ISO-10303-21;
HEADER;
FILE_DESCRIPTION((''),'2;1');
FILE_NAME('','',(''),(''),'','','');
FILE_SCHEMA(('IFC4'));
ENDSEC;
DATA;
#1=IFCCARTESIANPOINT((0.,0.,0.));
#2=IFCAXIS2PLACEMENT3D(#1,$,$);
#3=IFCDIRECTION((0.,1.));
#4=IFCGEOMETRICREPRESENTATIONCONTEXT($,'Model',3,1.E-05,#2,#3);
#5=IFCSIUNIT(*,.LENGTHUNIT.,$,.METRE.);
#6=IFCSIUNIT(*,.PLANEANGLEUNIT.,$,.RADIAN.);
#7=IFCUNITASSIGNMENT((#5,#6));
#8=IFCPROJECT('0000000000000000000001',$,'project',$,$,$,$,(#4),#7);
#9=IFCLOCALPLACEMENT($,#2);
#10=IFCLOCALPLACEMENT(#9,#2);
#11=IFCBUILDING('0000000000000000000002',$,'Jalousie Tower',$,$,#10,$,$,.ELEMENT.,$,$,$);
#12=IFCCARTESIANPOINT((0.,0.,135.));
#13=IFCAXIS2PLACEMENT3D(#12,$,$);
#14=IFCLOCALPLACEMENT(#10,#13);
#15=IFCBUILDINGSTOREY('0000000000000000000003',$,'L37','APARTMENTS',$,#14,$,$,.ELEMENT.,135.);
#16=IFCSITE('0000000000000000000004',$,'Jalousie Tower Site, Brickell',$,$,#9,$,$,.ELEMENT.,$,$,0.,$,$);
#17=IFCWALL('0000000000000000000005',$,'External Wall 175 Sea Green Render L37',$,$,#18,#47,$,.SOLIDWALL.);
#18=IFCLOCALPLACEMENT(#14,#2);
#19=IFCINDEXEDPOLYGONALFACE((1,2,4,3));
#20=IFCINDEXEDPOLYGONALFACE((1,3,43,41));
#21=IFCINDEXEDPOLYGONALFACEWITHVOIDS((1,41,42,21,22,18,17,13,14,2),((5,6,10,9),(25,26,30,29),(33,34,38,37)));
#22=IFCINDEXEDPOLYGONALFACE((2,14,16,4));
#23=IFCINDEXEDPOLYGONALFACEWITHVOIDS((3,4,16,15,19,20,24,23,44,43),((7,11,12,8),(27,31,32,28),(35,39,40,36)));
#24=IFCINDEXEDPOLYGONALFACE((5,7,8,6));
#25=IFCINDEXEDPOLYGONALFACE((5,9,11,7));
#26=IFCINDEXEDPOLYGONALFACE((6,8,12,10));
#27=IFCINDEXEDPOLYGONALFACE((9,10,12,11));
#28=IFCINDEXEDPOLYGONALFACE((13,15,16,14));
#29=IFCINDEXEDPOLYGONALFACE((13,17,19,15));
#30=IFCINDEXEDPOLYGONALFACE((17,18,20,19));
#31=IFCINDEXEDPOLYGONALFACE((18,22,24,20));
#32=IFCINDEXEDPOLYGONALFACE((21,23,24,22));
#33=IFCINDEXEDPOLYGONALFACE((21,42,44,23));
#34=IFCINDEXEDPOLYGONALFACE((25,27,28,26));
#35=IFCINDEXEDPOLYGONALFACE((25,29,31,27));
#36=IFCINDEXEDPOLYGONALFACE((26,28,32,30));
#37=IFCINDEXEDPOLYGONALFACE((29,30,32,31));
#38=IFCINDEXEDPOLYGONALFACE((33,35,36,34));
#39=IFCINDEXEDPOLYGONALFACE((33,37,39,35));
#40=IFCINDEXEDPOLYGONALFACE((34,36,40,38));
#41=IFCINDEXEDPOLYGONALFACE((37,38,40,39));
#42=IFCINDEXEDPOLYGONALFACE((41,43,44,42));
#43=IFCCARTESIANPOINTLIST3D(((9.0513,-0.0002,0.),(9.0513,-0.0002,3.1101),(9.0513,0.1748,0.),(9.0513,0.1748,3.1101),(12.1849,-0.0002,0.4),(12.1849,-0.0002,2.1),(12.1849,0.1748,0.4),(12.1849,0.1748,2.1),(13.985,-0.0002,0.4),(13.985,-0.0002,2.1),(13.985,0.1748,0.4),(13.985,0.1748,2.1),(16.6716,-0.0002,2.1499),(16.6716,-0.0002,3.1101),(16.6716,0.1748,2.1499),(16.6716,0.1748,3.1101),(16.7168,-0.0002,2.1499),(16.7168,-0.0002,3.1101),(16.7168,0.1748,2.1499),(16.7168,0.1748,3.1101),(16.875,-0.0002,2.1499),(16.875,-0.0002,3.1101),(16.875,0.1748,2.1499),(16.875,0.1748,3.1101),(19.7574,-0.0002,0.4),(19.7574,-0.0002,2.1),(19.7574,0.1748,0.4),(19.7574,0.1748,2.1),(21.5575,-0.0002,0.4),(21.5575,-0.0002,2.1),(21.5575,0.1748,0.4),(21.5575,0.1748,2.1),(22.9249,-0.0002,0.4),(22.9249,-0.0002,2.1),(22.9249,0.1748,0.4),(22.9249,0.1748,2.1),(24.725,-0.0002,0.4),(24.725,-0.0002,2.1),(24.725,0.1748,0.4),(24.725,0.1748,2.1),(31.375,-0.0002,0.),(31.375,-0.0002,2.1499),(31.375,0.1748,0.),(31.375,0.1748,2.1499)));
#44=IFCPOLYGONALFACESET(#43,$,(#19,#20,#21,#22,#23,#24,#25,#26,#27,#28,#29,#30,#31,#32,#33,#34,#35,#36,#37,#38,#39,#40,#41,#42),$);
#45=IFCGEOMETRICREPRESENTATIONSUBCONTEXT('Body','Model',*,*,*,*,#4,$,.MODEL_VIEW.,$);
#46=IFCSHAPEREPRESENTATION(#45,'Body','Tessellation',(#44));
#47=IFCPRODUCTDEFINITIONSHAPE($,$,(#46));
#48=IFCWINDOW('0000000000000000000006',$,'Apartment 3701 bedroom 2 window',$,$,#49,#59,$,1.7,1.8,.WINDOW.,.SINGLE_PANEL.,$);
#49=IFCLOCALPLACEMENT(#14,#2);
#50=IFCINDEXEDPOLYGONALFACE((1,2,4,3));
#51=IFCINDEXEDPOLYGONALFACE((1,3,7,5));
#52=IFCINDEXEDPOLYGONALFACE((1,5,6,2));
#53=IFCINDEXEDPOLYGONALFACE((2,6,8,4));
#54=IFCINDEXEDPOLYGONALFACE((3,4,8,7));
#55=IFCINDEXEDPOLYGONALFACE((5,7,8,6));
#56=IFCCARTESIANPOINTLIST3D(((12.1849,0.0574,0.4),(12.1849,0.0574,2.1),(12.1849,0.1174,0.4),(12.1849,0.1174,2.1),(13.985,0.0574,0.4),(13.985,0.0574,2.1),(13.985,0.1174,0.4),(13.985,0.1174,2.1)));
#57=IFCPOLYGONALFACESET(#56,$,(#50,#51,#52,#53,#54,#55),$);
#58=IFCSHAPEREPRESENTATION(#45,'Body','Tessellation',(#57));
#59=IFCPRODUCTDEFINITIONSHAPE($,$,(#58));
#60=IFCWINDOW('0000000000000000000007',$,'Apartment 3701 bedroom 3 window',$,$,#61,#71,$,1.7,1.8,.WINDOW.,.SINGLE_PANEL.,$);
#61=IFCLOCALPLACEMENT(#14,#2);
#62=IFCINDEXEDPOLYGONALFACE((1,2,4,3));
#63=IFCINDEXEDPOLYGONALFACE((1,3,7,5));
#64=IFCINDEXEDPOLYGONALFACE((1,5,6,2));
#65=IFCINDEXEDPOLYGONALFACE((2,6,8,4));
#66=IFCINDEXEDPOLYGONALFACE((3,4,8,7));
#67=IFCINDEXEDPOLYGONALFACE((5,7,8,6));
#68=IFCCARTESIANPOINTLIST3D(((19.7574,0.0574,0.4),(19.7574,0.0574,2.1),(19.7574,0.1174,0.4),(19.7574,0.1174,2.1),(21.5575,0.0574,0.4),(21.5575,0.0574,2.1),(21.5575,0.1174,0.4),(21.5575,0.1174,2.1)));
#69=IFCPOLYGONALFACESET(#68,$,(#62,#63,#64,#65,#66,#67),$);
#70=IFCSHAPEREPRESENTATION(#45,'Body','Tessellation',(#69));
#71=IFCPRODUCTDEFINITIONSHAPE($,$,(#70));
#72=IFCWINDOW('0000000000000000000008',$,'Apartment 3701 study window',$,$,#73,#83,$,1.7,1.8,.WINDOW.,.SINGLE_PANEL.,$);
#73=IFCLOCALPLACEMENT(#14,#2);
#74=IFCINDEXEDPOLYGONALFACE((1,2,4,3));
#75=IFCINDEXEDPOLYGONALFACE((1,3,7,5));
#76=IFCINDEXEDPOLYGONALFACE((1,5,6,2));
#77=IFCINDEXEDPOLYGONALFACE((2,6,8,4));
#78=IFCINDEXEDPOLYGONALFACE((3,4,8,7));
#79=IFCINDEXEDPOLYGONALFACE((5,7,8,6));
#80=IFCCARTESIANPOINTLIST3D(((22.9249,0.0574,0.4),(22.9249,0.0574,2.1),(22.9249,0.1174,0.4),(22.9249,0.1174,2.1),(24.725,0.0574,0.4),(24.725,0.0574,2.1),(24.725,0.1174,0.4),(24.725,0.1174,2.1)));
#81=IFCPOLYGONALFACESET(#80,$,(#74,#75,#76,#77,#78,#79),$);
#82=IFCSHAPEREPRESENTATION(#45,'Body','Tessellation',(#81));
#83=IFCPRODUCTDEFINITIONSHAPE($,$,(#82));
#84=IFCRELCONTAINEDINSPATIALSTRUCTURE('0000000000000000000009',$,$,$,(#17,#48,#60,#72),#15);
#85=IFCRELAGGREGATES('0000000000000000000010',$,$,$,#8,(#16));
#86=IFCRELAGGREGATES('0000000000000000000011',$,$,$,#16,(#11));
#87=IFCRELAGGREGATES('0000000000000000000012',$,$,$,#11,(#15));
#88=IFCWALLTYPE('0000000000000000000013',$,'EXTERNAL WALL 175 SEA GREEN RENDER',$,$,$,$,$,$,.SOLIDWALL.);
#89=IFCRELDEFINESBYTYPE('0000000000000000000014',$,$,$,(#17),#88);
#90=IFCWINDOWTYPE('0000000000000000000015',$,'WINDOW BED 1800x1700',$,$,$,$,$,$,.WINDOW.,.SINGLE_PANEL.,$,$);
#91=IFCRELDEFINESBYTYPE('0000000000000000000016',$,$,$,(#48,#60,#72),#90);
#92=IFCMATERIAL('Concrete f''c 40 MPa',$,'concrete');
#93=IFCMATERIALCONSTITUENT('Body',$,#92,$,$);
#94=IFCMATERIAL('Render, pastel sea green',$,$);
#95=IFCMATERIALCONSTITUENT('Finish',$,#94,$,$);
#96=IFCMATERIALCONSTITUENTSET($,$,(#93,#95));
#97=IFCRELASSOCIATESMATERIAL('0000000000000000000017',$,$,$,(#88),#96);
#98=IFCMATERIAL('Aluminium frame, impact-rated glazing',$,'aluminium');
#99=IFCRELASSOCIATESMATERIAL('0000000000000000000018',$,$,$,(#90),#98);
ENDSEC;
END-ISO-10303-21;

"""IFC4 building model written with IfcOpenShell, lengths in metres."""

from ifc_helpers import new_model, si_unit, direction, frame, frame_2d, origin, place, context, subcontext, project, spatial, polyline, rectangle, outline, extrude, material, constituent, constituent_set, type_object, element, fill, save


model = new_model("IFC4")

# Units and contexts
model_context = context("Model", 3, precision=1e-05, world=origin(), true_north=direction((0.0, 1.0)))
body_context = subcontext(model_context, "Body", "Model", "MODEL_VIEW")
ifc_project = project(units=[si_unit("LENGTHUNIT", "METRE"), si_unit("PLANEANGLEUNIT", "RADIAN")], contexts=[model_context])

# Site, building, storey
site_placement = place(None, origin())
site = spatial("IfcSite", under=ifc_project, at=site_placement, Name="Jalousie Tower Site, Brickell", CompositionType="ELEMENT", RefElevation=0.0)
building_placement = place(site_placement, origin())
building = spatial("IfcBuilding", under=site, at=building_placement, Name="Jalousie Tower", CompositionType="ELEMENT")
storey_placement = place(building_placement, frame((0.0, 0.0, 135.0)))
storey = spatial("IfcBuildingStorey", under=building, at=storey_placement, Name="L37", Description="APARTMENTS", CompositionType="ELEMENT", Elevation=135.0)

# Wall, openings, windows
ifc_material_1 = material(Name="Concrete f'c 40 MPa", Category="concrete")
ifc_constituent_1 = constituent(ifc_material_1, Name="Body")
ifc_material_2 = material(Name="Render, pastel sea green")
ifc_constituent_2 = constituent(ifc_material_2, Name="Finish")
ifc_constituent_set = constituent_set(constituents=[ifc_constituent_1, ifc_constituent_2])
wall_type = type_object("IfcWallType", Name="EXTERNAL WALL 175 SEA GREEN RENDER", PredefinedType="SOLIDWALL", material=ifc_constituent_set)
wall_placement = place(storey_placement, frame((9.0513, 0.0874, 0.0), z_axis=(0.0, 0.0, 1.0), x_axis=(1.0, 0.0, 0.0)))
wall = element("IfcWall", 1, at=wall_placement, inside=storey, type_object=wall_type, Name="External Wall 175 Sea Green Render L37", PredefinedType="SOLIDWALL", context=body_context, shape_type="SweptSolid", body=[
    extrude(outline(polyline([(0.0, 0.0), (22.3237, 0.0), (22.3237, 2.1499), (7.8237, 2.1499), (7.8237, 3.1101), (7.6655, 3.1101), (7.6655, 2.1499), (7.6204, 2.1499), (7.6204, 3.1101), (0.0, 3.1101), (0.0, 0.0)])), frame((0.0, 0.0874, 0.0), z_axis=(0.0, -1.0, 0.0), x_axis=(1.0, 0.0, 0.0)), (0.0, 0.0, 1.0), 0.175),
])
opening_1_placement = place(wall_placement, frame((3.1338, 0.0, 0.3999)))
opening_1 = element("IfcOpeningElement", 2, at=opening_1_placement, cuts=wall, PredefinedType="OPENING", context=body_context, shape_type="SweptSolid", body=[
    extrude(rectangle(XDim=1.8, YDim=1.7, at=frame_2d((0.8999, 0.8501))), frame((0.0, 0.0974, 0.0), z_axis=(0.0, -1.0, 0.0), x_axis=(1.0, 0.0, 0.0)), (0.0, 0.0, 1.0), 0.1951),
])
opening_2_placement = place(wall_placement, frame((10.7063, 0.0, 0.3999)))
opening_2 = element("IfcOpeningElement", 3, at=opening_2_placement, cuts=wall, PredefinedType="OPENING", context=body_context, shape_type="SweptSolid", body=[
    extrude(rectangle(XDim=1.8, YDim=1.7, at=frame_2d((0.8999, 0.8501))), frame((0.0, 0.0974, 0.0), z_axis=(0.0, -1.0, 0.0), x_axis=(1.0, 0.0, 0.0)), (0.0, 0.0, 1.0), 0.1951),
])
opening_3_placement = place(wall_placement, frame((13.8738, 0.0, 0.3999)))
opening_3 = element("IfcOpeningElement", 4, at=opening_3_placement, cuts=wall, PredefinedType="OPENING", context=body_context, shape_type="SweptSolid", body=[
    extrude(rectangle(XDim=1.8, YDim=1.7, at=frame_2d((0.8999, 0.8501))), frame((0.0, 0.0974, 0.0), z_axis=(0.0, -1.0, 0.0), x_axis=(1.0, 0.0, 0.0)), (0.0, 0.0, 1.0), 0.1951),
])
ifc_material_3 = material(Name="Aluminium frame, impact-rated glazing", Category="aluminium")
window_type = type_object("IfcWindowType", Name="WINDOW BED 1800x1700", PartitioningType="SINGLE_PANEL", PredefinedType="WINDOW", material=ifc_material_3)
window_1_placement = place(opening_1_placement, origin())
window_1 = element("IfcWindow", 5, at=window_1_placement, inside=storey, type_object=window_type, Name="Apartment 3701 bedroom 2 window", OverallHeight=1.7, OverallWidth=1.8, PartitioningType="SINGLE_PANEL", PredefinedType="WINDOW", context=body_context, shape_type="SweptSolid", body=[
    extrude(rectangle(XDim=1.8, YDim=1.7, at=frame_2d((0.8999, 0.8501))), frame((0.0, 0.03, 0.0), z_axis=(0.0, -1.0, 0.0), x_axis=(1.0, 0.0, 0.0)), (0.0, 0.0, 1.0), 0.0601),
])
fill(opening_1, window_1)
window_2_placement = place(opening_2_placement, origin())
window_2 = element("IfcWindow", 6, at=window_2_placement, inside=storey, type_object=window_type, Name="Apartment 3701 bedroom 3 window", OverallHeight=1.7, OverallWidth=1.8, PartitioningType="SINGLE_PANEL", PredefinedType="WINDOW", context=body_context, shape_type="SweptSolid", body=[
    extrude(rectangle(XDim=1.8, YDim=1.7, at=frame_2d((0.8999, 0.8501))), frame((0.0, 0.03, 0.0), z_axis=(0.0, -1.0, 0.0), x_axis=(1.0, 0.0, 0.0)), (0.0, 0.0, 1.0), 0.0601),
])
fill(opening_2, window_2)
window_3_placement = place(opening_3_placement, origin())
window_3 = element("IfcWindow", 7, at=window_3_placement, inside=storey, type_object=window_type, Name="Apartment 3701 study window", OverallHeight=1.7, OverallWidth=1.8, PartitioningType="SINGLE_PANEL", PredefinedType="WINDOW", context=body_context, shape_type="SweptSolid", body=[
    extrude(rectangle(XDim=1.8, YDim=1.7, at=frame_2d((0.8999, 0.8501))), frame((0.0, 0.03, 0.0), z_axis=(0.0, -1.0, 0.0), x_axis=(1.0, 0.0, 0.0)), (0.0, 0.0, 1.0), 0.0601),
])
fill(opening_3, window_3)

save(model, "model.ifc")
